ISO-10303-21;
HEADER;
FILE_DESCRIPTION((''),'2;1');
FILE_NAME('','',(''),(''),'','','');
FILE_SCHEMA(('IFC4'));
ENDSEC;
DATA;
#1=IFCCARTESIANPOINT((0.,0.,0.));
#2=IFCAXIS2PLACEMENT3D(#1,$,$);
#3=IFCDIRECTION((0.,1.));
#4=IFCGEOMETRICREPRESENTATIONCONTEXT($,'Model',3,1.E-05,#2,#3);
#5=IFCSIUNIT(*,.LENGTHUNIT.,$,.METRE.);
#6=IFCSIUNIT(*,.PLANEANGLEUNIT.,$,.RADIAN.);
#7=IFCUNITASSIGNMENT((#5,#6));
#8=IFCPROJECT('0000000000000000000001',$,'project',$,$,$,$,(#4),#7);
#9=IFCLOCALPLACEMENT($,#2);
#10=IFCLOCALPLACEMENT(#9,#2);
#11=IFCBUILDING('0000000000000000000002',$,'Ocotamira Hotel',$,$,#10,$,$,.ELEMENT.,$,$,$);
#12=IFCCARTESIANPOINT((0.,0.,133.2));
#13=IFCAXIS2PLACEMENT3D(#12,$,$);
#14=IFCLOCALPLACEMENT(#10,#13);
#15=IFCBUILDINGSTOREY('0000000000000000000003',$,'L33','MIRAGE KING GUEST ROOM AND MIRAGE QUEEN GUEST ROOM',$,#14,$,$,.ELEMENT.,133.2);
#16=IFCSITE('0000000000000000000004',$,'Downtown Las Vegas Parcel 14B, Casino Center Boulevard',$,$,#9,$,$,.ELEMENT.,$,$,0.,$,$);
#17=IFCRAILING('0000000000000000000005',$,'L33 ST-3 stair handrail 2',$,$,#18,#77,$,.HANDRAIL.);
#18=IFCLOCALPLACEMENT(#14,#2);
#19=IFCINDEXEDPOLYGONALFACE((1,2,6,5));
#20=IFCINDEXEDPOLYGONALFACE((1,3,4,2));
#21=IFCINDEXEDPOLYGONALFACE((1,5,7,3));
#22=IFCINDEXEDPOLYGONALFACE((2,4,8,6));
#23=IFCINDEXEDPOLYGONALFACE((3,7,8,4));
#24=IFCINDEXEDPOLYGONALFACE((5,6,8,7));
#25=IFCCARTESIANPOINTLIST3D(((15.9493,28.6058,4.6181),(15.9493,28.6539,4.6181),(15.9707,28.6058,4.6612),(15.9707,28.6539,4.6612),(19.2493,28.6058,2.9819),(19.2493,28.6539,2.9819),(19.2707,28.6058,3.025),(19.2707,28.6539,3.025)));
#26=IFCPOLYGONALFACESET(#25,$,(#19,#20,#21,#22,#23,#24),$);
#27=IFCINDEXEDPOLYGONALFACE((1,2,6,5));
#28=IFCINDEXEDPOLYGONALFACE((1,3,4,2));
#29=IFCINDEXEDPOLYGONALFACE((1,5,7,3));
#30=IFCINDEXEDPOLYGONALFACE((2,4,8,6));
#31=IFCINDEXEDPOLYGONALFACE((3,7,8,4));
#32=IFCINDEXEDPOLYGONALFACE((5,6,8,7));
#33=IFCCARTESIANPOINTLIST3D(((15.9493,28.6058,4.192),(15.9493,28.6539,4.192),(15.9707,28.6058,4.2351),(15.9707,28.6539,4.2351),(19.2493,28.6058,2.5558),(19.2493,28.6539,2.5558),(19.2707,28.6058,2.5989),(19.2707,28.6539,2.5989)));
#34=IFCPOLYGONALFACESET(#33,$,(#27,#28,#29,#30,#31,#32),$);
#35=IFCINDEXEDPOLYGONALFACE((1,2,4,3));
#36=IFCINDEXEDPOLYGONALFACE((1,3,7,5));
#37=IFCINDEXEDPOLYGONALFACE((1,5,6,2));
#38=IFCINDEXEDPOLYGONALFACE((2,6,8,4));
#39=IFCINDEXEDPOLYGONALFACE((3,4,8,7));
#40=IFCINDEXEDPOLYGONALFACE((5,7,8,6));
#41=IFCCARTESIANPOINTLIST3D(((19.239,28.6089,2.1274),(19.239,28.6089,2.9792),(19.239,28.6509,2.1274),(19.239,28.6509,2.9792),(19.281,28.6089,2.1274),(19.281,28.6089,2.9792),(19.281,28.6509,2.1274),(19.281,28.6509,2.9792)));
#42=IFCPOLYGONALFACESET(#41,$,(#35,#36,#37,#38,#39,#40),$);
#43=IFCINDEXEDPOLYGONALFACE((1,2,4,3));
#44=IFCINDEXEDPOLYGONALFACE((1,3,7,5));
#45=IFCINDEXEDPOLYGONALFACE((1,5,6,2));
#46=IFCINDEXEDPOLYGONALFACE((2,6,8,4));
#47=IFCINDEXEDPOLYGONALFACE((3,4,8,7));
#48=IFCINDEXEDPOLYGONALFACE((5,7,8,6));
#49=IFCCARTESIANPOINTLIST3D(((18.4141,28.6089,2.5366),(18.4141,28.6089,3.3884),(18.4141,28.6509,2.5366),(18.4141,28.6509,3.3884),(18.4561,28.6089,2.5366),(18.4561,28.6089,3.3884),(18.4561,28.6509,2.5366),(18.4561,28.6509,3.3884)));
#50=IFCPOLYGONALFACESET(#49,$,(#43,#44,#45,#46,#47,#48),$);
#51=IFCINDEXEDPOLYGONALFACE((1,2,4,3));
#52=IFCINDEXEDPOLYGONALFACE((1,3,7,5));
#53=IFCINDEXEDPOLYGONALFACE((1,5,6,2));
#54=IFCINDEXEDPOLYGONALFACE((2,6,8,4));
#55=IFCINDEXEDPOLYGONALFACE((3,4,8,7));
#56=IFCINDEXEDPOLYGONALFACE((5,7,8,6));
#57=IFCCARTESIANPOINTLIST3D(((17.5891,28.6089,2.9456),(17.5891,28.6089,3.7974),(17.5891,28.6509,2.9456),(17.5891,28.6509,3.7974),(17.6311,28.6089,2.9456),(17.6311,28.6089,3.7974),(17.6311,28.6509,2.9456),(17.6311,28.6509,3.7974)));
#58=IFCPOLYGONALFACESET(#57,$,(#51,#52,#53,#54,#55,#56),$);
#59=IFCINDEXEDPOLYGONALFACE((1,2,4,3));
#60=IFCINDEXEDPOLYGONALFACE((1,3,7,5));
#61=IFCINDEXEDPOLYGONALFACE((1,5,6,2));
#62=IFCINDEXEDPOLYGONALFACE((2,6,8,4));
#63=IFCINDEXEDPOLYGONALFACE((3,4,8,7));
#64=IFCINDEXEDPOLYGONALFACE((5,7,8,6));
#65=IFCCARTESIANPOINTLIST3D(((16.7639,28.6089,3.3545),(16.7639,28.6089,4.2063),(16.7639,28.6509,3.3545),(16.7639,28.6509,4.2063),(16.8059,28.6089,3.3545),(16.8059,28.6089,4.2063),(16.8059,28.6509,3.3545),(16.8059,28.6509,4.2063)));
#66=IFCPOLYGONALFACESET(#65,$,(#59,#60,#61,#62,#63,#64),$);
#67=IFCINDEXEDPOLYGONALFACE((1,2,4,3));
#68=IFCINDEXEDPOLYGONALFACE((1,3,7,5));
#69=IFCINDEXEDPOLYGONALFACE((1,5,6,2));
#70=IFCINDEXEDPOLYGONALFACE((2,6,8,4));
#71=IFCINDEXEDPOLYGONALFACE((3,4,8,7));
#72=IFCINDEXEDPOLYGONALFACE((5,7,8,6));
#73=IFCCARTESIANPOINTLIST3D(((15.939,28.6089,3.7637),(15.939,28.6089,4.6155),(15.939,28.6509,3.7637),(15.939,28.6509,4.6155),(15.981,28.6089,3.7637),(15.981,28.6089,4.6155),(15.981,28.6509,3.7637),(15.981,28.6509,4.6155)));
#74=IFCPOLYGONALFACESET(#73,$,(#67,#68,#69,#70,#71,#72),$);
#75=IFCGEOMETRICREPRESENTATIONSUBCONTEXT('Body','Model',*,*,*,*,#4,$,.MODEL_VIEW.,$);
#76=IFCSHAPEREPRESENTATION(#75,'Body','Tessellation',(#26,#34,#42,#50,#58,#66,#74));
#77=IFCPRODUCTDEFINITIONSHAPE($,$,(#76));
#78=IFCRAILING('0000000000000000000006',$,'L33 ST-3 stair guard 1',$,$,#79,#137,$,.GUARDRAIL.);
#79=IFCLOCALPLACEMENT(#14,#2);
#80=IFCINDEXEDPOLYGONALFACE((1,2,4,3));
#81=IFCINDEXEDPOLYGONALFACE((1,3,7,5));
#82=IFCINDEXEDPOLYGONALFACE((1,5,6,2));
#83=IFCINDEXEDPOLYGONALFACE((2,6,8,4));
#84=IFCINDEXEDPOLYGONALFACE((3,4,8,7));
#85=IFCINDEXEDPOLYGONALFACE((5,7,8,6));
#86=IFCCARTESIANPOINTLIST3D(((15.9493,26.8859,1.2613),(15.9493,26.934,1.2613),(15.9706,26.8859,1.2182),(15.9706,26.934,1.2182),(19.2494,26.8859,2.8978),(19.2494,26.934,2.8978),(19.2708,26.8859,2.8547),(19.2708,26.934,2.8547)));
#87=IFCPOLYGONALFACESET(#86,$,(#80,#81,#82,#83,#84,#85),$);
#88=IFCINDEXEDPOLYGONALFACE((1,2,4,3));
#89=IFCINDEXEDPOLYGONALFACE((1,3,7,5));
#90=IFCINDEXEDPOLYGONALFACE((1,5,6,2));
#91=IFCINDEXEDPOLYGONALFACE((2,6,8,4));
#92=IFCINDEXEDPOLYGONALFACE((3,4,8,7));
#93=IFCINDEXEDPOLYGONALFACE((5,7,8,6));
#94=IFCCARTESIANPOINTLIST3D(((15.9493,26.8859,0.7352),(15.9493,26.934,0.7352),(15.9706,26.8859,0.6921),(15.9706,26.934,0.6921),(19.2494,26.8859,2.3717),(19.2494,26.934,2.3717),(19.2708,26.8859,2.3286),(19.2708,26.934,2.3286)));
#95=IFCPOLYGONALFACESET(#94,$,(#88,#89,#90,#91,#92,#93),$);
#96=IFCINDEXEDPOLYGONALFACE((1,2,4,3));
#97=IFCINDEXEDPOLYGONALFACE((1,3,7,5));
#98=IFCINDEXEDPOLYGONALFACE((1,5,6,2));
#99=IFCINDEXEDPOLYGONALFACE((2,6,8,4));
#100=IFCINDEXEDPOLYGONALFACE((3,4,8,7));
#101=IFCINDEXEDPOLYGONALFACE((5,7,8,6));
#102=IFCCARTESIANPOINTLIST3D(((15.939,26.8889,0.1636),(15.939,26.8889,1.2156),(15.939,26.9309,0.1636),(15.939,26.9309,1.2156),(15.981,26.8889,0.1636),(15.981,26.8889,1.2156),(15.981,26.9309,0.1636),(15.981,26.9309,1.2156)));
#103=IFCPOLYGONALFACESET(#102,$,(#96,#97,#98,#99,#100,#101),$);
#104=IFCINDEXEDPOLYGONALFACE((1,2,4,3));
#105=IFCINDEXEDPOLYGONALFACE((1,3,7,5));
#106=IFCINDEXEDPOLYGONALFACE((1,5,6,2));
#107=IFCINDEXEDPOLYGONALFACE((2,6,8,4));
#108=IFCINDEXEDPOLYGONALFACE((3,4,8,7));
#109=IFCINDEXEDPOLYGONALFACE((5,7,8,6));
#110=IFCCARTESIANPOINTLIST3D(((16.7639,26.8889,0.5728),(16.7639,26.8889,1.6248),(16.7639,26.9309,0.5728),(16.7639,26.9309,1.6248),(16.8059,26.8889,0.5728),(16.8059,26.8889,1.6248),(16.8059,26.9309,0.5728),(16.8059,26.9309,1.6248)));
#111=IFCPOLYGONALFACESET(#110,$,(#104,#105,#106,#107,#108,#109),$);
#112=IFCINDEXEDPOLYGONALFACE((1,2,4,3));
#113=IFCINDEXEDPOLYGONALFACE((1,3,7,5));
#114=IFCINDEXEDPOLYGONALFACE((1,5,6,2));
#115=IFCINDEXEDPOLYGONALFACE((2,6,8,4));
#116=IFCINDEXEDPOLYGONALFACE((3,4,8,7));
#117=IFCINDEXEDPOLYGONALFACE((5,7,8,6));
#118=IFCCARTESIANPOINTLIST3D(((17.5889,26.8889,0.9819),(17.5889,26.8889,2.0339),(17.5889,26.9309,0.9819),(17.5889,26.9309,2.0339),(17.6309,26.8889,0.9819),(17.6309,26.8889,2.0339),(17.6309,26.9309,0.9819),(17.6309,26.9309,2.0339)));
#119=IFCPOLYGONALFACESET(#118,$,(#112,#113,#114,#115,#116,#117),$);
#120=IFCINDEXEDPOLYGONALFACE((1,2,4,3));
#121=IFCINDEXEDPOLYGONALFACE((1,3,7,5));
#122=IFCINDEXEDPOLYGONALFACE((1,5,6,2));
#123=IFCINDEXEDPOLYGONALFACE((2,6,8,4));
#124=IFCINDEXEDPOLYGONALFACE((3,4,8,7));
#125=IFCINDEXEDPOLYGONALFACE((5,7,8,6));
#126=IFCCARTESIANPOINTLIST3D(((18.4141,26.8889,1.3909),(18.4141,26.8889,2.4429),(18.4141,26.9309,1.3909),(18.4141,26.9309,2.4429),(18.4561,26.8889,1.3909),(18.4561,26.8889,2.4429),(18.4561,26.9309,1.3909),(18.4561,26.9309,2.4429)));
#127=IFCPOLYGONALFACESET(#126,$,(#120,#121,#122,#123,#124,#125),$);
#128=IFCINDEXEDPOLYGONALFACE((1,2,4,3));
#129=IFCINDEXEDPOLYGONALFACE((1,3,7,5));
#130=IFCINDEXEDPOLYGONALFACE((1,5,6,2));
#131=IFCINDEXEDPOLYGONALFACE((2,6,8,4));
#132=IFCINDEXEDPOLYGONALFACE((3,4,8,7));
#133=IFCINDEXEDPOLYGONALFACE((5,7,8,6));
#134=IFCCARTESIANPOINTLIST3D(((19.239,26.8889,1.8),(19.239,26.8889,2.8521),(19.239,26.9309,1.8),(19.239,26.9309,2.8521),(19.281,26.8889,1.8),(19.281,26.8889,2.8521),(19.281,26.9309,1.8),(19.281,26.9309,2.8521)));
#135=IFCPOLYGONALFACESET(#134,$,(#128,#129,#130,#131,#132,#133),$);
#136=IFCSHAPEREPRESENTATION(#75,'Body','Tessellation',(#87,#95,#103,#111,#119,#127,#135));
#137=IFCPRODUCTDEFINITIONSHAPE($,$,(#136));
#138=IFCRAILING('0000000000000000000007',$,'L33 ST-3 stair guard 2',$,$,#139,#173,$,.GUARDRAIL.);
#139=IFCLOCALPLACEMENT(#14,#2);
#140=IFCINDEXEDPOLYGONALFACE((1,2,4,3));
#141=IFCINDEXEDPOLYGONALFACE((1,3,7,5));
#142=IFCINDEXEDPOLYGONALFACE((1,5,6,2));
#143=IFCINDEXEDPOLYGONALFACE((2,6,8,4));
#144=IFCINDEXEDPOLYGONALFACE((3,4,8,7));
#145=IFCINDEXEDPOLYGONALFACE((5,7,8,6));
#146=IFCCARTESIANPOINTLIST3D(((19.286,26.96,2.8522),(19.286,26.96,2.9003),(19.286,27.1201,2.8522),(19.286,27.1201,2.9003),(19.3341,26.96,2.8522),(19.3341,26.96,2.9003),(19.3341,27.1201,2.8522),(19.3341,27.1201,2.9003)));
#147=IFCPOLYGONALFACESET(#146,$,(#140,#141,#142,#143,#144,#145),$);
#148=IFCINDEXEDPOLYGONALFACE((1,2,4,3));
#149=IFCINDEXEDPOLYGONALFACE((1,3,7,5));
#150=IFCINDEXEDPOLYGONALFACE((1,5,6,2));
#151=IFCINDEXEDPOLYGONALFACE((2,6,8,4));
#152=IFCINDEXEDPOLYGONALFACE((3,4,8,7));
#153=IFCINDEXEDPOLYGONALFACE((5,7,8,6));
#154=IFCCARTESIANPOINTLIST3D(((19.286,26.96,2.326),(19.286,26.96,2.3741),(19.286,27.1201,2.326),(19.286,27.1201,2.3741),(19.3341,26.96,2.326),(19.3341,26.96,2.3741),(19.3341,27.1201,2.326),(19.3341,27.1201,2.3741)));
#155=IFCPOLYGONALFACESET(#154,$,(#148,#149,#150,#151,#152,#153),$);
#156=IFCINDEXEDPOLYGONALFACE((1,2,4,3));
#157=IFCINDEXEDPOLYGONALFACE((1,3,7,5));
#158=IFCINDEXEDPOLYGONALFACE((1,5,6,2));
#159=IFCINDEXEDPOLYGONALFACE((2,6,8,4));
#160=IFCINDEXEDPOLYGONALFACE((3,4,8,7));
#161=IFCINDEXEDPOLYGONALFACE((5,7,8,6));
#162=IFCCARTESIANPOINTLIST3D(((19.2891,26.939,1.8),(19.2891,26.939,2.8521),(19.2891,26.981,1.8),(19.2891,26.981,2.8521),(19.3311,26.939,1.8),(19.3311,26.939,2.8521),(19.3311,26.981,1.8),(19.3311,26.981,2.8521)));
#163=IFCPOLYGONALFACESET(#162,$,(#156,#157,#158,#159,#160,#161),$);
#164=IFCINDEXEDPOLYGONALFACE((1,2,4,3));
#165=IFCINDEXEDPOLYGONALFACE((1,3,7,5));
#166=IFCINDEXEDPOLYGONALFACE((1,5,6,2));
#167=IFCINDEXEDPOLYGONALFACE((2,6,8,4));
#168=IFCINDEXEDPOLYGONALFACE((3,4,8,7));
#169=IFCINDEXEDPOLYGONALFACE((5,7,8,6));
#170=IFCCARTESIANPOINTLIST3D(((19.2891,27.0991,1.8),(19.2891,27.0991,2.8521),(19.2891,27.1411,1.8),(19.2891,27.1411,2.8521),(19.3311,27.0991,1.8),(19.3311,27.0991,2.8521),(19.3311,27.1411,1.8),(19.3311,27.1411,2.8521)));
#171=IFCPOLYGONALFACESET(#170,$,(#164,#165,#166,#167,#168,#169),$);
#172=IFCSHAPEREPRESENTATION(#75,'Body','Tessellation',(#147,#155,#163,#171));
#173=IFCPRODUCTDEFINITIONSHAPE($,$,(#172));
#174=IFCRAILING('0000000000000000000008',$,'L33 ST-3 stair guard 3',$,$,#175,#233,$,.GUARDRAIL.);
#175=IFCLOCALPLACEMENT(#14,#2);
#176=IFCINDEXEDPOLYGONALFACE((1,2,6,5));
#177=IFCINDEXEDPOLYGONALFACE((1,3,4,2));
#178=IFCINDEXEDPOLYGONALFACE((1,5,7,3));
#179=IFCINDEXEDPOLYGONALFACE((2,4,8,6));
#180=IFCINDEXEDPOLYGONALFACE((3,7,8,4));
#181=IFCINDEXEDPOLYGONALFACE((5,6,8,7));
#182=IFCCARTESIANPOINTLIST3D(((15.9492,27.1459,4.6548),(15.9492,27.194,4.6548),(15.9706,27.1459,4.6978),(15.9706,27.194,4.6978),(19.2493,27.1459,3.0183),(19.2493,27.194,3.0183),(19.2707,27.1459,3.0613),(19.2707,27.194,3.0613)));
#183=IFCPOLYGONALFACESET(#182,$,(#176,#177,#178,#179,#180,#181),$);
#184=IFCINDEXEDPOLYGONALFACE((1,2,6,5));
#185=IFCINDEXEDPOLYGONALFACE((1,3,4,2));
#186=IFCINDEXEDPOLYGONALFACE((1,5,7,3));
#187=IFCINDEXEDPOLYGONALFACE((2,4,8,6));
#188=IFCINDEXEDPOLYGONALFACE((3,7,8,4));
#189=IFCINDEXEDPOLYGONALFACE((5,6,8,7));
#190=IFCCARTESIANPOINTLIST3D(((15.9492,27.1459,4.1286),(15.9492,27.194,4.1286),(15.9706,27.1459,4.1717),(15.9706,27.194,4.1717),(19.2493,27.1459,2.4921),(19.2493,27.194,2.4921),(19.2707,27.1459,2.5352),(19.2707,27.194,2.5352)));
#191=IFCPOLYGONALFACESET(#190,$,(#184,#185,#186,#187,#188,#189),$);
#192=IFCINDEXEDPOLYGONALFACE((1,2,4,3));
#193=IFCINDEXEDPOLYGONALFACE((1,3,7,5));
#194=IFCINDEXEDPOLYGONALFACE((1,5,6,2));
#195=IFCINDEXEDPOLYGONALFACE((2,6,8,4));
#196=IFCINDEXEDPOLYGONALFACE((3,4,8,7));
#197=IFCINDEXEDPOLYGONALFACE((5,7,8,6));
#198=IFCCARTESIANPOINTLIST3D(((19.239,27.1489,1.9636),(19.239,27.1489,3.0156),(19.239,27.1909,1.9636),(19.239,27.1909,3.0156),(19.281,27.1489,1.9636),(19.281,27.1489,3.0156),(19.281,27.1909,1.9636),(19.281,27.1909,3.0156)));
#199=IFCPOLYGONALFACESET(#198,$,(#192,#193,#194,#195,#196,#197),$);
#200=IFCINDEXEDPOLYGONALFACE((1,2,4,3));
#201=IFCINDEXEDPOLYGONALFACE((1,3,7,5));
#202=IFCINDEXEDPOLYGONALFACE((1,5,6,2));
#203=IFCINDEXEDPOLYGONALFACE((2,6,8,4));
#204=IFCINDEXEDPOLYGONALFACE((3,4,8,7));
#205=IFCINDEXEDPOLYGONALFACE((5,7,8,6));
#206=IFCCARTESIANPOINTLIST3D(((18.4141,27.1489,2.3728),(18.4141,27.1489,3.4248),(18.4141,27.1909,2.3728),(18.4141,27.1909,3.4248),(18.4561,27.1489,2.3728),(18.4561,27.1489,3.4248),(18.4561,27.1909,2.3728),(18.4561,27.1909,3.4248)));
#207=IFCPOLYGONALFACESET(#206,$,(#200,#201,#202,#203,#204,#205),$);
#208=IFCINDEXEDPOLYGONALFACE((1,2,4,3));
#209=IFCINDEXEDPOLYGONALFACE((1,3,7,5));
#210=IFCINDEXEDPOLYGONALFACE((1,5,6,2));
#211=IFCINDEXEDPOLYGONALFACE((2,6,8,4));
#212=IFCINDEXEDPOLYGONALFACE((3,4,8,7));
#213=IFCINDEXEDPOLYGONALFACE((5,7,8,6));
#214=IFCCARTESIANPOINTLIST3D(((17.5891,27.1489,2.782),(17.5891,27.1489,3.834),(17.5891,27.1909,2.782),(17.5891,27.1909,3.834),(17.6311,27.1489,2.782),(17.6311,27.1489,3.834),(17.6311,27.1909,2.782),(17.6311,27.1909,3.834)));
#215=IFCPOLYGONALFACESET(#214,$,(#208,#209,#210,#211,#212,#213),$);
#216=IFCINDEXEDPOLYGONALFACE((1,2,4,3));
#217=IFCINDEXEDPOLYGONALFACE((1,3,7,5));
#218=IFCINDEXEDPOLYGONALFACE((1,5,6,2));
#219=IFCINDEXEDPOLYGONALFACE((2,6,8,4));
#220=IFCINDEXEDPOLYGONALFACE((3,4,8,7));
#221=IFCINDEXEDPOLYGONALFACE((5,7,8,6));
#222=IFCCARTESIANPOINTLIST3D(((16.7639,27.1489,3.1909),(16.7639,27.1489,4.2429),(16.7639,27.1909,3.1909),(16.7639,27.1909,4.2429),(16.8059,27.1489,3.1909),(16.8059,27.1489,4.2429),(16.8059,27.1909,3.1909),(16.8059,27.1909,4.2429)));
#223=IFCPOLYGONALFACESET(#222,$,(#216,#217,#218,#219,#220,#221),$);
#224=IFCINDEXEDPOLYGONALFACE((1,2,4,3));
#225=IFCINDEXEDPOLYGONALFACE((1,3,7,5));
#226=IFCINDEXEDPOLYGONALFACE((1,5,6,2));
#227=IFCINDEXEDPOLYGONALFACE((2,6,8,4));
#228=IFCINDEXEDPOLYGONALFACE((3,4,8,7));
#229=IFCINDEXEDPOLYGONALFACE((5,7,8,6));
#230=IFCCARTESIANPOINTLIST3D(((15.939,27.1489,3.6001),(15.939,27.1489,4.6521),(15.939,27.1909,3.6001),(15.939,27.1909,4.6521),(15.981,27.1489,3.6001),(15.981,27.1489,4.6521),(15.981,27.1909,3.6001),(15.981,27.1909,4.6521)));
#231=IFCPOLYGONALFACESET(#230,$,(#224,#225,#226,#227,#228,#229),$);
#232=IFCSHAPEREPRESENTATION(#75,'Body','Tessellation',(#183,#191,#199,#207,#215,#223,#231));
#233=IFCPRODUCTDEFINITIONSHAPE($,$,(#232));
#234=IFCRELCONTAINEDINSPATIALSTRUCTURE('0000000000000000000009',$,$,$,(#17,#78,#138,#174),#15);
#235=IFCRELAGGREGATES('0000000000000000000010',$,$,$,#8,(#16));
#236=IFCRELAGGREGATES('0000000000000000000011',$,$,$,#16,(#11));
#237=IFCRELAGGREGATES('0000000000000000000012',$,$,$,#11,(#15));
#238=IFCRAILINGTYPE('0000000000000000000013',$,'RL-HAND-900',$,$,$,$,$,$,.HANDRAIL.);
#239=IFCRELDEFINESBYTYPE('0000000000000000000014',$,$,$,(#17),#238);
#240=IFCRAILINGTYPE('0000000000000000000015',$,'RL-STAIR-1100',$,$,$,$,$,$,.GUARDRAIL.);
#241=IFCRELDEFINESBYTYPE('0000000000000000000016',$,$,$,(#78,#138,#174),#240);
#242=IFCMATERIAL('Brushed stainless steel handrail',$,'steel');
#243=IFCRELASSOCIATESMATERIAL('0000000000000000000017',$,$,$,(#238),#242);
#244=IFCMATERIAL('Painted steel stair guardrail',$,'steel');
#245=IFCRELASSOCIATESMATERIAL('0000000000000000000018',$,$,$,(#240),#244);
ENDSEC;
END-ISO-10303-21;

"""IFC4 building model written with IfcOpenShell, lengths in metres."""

from ifc_helpers import new_model, si_unit, direction, frame, origin, origin_2d, place, context, subcontext, project, spatial, rectangle, extrude, material, type_object, element, save


model = new_model("IFC4")

# Units and contexts
model_context = context("Model", 3, precision=1e-05, world=origin(), true_north=direction((0.0, 1.0)))
body_context = subcontext(model_context, "Body", "Model", "MODEL_VIEW")
ifc_project = project(units=[si_unit("LENGTHUNIT", "METRE"), si_unit("PLANEANGLEUNIT", "RADIAN")], contexts=[model_context])

# Site, building, storey
site_placement = place(None, origin())
site = spatial("IfcSite", under=ifc_project, at=site_placement, Name="Downtown Las Vegas Parcel 14B, Casino Center Boulevard", CompositionType="ELEMENT", RefElevation=0.0)
building_placement = place(site_placement, origin())
building = spatial("IfcBuilding", under=site, at=building_placement, Name="Ocotamira Hotel", CompositionType="ELEMENT")
storey_placement = place(building_placement, frame((0.0, 0.0, 133.2)))
storey = spatial("IfcBuildingStorey", under=building, at=storey_placement, Name="L33", Description="MIRAGE KING GUEST ROOM AND MIRAGE QUEEN GUEST ROOM", CompositionType="ELEMENT", Elevation=133.2)

# Railings
ifc_material_1 = material(Name="Brushed stainless steel handrail", Category="steel")
railing_type_1 = type_object("IfcRailingType", Name="RL-HAND-900", PredefinedType="HANDRAIL", material=ifc_material_1)
railing_1_placement = place(storey_placement, frame((19.26, 28.6299, 2.1274)))
element("IfcRailing", 1, at=railing_1_placement, inside=storey, type_object=railing_type_1, Name="L33 ST-3 stair handrail 2", PredefinedType="HANDRAIL", context=body_context, shape_type="SweptSolid", body=[
    extrude(rectangle(XDim=0.0481, YDim=0.0481, at=origin_2d()), frame((0.0, 0.0, 0.876), z_axis=(-0.89592, 0.0, 0.444215), x_axis=(0.0, -1.0, 0.0)), (0.0, 0.0, 1.0), 3.6833),
    extrude(rectangle(XDim=0.0481, YDim=0.0481, at=origin_2d()), frame((0.0, 0.0, 0.45), z_axis=(-0.89592, 0.0, 0.444215), x_axis=(0.0, -1.0, 0.0)), (0.0, 0.0, 1.0), 3.6833),
    extrude(rectangle(XDim=0.042, YDim=0.042, at=origin_2d()), origin(), (0.0, 0.0, 1.0), 0.8518),
    extrude(rectangle(XDim=0.042, YDim=0.042, at=origin_2d()), frame((-0.825, 0.0, 0.4092)), (0.0, 0.0, 1.0), 0.8518),
    extrude(rectangle(XDim=0.042, YDim=0.042, at=origin_2d()), frame((-1.6499, 0.0, 0.8181)), (0.0, 0.0, 1.0), 0.8518),
    extrude(rectangle(XDim=0.042, YDim=0.042, at=origin_2d()), frame((-2.4751, 0.0, 1.2271)), (0.0, 0.0, 1.0), 0.8518),
    extrude(rectangle(XDim=0.042, YDim=0.042, at=origin_2d()), frame((-3.3, 0.0, 1.6362)), (0.0, 0.0, 1.0), 0.8518),
])
ifc_material_2 = material(Name="Painted steel stair guardrail", Category="steel")
railing_type_2 = type_object("IfcRailingType", Name="RL-STAIR-1100", PredefinedType="GUARDRAIL", material=ifc_material_2)
railing_2_placement = place(storey_placement, frame((15.96, 26.9099, 0.1636)))
element("IfcRailing", 2, at=railing_2_placement, inside=storey, type_object=railing_type_2, Name="L33 ST-3 stair guard 1", PredefinedType="GUARDRAIL", context=body_context, shape_type="SweptSolid", body=[
    extrude(rectangle(XDim=0.0481, YDim=0.0481, at=origin_2d()), frame((0.0, 0.0, 1.0762), z_axis=(0.895894, 0.0, 0.444268), x_axis=(0.0, 1.0, 0.0)), (0.0, 0.0, 1.0), 3.6836),
    extrude(rectangle(XDim=0.0481, YDim=0.0481, at=origin_2d()), frame((0.0, 0.0, 0.55), z_axis=(0.895894, 0.0, 0.444268), x_axis=(0.0, 1.0, 0.0)), (0.0, 0.0, 1.0), 3.6836),
    extrude(rectangle(XDim=0.042, YDim=0.042, at=origin_2d()), origin(), (0.0, 0.0, 1.0), 1.052),
    extrude(rectangle(XDim=0.042, YDim=0.042, at=origin_2d()), frame((0.825, 0.0, 0.4092)), (0.0, 0.0, 1.0), 1.052),
    extrude(rectangle(XDim=0.042, YDim=0.042, at=origin_2d()), frame((1.6499, 0.0, 0.8184)), (0.0, 0.0, 1.0), 1.052),
    extrude(rectangle(XDim=0.042, YDim=0.042, at=origin_2d()), frame((2.4751, 0.0, 1.2273)), (0.0, 0.0, 1.0), 1.052),
    extrude(rectangle(XDim=0.042, YDim=0.042, at=origin_2d()), frame((3.3, 0.0, 1.6365)), (0.0, 0.0, 1.0), 1.052),
])
railing_3_placement = place(storey_placement, frame((19.3101, 26.96, 1.8)))
element("IfcRailing", 3, at=railing_3_placement, inside=storey, type_object=railing_type_2, Name="L33 ST-3 stair guard 2", PredefinedType="GUARDRAIL", context=body_context, shape_type="SweptSolid", body=[
    extrude(rectangle(XDim=0.0481, YDim=0.0481, at=origin_2d()), frame((0.0, 0.0, 1.0762), z_axis=(0.0, 1.0, 0.0), x_axis=(-1.0, 0.0, 0.0)), (0.0, 0.0, 1.0), 0.1602),
    extrude(rectangle(XDim=0.0481, YDim=0.0481, at=origin_2d()), frame((0.0, 0.0, 0.55), z_axis=(0.0, 1.0, 0.0), x_axis=(-1.0, 0.0, 0.0)), (0.0, 0.0, 1.0), 0.1602),
    extrude(rectangle(XDim=0.042, YDim=0.042, at=origin_2d()), origin(), (0.0, 0.0, 1.0), 1.052),
    extrude(rectangle(XDim=0.042, YDim=0.042, at=origin_2d()), frame((0.0, 0.1602, 0.0)), (0.0, 0.0, 1.0), 1.052),
])
railing_4_placement = place(storey_placement, frame((19.26, 27.1699, 1.9636)))
element("IfcRailing", 4, at=railing_4_placement, inside=storey, type_object=railing_type_2, Name="L33 ST-3 stair guard 3", PredefinedType="GUARDRAIL", context=body_context, shape_type="SweptSolid", body=[
    extrude(rectangle(XDim=0.0481, YDim=0.0481, at=origin_2d()), frame((0.0, 0.0, 1.0762), z_axis=(-0.895894, 0.0, 0.444268), x_axis=(0.0, -1.0, 0.0)), (0.0, 0.0, 1.0), 3.6836),
    extrude(rectangle(XDim=0.0481, YDim=0.0481, at=origin_2d()), frame((0.0, 0.0, 0.55), z_axis=(-0.895894, 0.0, 0.444268), x_axis=(0.0, -1.0, 0.0)), (0.0, 0.0, 1.0), 3.6836),
    extrude(rectangle(XDim=0.042, YDim=0.042, at=origin_2d()), origin(), (0.0, 0.0, 1.0), 1.052),
    extrude(rectangle(XDim=0.042, YDim=0.042, at=origin_2d()), frame((-0.825, 0.0, 0.4092)), (0.0, 0.0, 1.0), 1.052),
    extrude(rectangle(XDim=0.042, YDim=0.042, at=origin_2d()), frame((-1.6499, 0.0, 0.8184)), (0.0, 0.0, 1.0), 1.052),
    extrude(rectangle(XDim=0.042, YDim=0.042, at=origin_2d()), frame((-2.4751, 0.0, 1.2273)), (0.0, 0.0, 1.0), 1.052),
    extrude(rectangle(XDim=0.042, YDim=0.042, at=origin_2d()), frame((-3.3, 0.0, 1.6365)), (0.0, 0.0, 1.0), 1.052),
])

save(model, "model.ifc")
